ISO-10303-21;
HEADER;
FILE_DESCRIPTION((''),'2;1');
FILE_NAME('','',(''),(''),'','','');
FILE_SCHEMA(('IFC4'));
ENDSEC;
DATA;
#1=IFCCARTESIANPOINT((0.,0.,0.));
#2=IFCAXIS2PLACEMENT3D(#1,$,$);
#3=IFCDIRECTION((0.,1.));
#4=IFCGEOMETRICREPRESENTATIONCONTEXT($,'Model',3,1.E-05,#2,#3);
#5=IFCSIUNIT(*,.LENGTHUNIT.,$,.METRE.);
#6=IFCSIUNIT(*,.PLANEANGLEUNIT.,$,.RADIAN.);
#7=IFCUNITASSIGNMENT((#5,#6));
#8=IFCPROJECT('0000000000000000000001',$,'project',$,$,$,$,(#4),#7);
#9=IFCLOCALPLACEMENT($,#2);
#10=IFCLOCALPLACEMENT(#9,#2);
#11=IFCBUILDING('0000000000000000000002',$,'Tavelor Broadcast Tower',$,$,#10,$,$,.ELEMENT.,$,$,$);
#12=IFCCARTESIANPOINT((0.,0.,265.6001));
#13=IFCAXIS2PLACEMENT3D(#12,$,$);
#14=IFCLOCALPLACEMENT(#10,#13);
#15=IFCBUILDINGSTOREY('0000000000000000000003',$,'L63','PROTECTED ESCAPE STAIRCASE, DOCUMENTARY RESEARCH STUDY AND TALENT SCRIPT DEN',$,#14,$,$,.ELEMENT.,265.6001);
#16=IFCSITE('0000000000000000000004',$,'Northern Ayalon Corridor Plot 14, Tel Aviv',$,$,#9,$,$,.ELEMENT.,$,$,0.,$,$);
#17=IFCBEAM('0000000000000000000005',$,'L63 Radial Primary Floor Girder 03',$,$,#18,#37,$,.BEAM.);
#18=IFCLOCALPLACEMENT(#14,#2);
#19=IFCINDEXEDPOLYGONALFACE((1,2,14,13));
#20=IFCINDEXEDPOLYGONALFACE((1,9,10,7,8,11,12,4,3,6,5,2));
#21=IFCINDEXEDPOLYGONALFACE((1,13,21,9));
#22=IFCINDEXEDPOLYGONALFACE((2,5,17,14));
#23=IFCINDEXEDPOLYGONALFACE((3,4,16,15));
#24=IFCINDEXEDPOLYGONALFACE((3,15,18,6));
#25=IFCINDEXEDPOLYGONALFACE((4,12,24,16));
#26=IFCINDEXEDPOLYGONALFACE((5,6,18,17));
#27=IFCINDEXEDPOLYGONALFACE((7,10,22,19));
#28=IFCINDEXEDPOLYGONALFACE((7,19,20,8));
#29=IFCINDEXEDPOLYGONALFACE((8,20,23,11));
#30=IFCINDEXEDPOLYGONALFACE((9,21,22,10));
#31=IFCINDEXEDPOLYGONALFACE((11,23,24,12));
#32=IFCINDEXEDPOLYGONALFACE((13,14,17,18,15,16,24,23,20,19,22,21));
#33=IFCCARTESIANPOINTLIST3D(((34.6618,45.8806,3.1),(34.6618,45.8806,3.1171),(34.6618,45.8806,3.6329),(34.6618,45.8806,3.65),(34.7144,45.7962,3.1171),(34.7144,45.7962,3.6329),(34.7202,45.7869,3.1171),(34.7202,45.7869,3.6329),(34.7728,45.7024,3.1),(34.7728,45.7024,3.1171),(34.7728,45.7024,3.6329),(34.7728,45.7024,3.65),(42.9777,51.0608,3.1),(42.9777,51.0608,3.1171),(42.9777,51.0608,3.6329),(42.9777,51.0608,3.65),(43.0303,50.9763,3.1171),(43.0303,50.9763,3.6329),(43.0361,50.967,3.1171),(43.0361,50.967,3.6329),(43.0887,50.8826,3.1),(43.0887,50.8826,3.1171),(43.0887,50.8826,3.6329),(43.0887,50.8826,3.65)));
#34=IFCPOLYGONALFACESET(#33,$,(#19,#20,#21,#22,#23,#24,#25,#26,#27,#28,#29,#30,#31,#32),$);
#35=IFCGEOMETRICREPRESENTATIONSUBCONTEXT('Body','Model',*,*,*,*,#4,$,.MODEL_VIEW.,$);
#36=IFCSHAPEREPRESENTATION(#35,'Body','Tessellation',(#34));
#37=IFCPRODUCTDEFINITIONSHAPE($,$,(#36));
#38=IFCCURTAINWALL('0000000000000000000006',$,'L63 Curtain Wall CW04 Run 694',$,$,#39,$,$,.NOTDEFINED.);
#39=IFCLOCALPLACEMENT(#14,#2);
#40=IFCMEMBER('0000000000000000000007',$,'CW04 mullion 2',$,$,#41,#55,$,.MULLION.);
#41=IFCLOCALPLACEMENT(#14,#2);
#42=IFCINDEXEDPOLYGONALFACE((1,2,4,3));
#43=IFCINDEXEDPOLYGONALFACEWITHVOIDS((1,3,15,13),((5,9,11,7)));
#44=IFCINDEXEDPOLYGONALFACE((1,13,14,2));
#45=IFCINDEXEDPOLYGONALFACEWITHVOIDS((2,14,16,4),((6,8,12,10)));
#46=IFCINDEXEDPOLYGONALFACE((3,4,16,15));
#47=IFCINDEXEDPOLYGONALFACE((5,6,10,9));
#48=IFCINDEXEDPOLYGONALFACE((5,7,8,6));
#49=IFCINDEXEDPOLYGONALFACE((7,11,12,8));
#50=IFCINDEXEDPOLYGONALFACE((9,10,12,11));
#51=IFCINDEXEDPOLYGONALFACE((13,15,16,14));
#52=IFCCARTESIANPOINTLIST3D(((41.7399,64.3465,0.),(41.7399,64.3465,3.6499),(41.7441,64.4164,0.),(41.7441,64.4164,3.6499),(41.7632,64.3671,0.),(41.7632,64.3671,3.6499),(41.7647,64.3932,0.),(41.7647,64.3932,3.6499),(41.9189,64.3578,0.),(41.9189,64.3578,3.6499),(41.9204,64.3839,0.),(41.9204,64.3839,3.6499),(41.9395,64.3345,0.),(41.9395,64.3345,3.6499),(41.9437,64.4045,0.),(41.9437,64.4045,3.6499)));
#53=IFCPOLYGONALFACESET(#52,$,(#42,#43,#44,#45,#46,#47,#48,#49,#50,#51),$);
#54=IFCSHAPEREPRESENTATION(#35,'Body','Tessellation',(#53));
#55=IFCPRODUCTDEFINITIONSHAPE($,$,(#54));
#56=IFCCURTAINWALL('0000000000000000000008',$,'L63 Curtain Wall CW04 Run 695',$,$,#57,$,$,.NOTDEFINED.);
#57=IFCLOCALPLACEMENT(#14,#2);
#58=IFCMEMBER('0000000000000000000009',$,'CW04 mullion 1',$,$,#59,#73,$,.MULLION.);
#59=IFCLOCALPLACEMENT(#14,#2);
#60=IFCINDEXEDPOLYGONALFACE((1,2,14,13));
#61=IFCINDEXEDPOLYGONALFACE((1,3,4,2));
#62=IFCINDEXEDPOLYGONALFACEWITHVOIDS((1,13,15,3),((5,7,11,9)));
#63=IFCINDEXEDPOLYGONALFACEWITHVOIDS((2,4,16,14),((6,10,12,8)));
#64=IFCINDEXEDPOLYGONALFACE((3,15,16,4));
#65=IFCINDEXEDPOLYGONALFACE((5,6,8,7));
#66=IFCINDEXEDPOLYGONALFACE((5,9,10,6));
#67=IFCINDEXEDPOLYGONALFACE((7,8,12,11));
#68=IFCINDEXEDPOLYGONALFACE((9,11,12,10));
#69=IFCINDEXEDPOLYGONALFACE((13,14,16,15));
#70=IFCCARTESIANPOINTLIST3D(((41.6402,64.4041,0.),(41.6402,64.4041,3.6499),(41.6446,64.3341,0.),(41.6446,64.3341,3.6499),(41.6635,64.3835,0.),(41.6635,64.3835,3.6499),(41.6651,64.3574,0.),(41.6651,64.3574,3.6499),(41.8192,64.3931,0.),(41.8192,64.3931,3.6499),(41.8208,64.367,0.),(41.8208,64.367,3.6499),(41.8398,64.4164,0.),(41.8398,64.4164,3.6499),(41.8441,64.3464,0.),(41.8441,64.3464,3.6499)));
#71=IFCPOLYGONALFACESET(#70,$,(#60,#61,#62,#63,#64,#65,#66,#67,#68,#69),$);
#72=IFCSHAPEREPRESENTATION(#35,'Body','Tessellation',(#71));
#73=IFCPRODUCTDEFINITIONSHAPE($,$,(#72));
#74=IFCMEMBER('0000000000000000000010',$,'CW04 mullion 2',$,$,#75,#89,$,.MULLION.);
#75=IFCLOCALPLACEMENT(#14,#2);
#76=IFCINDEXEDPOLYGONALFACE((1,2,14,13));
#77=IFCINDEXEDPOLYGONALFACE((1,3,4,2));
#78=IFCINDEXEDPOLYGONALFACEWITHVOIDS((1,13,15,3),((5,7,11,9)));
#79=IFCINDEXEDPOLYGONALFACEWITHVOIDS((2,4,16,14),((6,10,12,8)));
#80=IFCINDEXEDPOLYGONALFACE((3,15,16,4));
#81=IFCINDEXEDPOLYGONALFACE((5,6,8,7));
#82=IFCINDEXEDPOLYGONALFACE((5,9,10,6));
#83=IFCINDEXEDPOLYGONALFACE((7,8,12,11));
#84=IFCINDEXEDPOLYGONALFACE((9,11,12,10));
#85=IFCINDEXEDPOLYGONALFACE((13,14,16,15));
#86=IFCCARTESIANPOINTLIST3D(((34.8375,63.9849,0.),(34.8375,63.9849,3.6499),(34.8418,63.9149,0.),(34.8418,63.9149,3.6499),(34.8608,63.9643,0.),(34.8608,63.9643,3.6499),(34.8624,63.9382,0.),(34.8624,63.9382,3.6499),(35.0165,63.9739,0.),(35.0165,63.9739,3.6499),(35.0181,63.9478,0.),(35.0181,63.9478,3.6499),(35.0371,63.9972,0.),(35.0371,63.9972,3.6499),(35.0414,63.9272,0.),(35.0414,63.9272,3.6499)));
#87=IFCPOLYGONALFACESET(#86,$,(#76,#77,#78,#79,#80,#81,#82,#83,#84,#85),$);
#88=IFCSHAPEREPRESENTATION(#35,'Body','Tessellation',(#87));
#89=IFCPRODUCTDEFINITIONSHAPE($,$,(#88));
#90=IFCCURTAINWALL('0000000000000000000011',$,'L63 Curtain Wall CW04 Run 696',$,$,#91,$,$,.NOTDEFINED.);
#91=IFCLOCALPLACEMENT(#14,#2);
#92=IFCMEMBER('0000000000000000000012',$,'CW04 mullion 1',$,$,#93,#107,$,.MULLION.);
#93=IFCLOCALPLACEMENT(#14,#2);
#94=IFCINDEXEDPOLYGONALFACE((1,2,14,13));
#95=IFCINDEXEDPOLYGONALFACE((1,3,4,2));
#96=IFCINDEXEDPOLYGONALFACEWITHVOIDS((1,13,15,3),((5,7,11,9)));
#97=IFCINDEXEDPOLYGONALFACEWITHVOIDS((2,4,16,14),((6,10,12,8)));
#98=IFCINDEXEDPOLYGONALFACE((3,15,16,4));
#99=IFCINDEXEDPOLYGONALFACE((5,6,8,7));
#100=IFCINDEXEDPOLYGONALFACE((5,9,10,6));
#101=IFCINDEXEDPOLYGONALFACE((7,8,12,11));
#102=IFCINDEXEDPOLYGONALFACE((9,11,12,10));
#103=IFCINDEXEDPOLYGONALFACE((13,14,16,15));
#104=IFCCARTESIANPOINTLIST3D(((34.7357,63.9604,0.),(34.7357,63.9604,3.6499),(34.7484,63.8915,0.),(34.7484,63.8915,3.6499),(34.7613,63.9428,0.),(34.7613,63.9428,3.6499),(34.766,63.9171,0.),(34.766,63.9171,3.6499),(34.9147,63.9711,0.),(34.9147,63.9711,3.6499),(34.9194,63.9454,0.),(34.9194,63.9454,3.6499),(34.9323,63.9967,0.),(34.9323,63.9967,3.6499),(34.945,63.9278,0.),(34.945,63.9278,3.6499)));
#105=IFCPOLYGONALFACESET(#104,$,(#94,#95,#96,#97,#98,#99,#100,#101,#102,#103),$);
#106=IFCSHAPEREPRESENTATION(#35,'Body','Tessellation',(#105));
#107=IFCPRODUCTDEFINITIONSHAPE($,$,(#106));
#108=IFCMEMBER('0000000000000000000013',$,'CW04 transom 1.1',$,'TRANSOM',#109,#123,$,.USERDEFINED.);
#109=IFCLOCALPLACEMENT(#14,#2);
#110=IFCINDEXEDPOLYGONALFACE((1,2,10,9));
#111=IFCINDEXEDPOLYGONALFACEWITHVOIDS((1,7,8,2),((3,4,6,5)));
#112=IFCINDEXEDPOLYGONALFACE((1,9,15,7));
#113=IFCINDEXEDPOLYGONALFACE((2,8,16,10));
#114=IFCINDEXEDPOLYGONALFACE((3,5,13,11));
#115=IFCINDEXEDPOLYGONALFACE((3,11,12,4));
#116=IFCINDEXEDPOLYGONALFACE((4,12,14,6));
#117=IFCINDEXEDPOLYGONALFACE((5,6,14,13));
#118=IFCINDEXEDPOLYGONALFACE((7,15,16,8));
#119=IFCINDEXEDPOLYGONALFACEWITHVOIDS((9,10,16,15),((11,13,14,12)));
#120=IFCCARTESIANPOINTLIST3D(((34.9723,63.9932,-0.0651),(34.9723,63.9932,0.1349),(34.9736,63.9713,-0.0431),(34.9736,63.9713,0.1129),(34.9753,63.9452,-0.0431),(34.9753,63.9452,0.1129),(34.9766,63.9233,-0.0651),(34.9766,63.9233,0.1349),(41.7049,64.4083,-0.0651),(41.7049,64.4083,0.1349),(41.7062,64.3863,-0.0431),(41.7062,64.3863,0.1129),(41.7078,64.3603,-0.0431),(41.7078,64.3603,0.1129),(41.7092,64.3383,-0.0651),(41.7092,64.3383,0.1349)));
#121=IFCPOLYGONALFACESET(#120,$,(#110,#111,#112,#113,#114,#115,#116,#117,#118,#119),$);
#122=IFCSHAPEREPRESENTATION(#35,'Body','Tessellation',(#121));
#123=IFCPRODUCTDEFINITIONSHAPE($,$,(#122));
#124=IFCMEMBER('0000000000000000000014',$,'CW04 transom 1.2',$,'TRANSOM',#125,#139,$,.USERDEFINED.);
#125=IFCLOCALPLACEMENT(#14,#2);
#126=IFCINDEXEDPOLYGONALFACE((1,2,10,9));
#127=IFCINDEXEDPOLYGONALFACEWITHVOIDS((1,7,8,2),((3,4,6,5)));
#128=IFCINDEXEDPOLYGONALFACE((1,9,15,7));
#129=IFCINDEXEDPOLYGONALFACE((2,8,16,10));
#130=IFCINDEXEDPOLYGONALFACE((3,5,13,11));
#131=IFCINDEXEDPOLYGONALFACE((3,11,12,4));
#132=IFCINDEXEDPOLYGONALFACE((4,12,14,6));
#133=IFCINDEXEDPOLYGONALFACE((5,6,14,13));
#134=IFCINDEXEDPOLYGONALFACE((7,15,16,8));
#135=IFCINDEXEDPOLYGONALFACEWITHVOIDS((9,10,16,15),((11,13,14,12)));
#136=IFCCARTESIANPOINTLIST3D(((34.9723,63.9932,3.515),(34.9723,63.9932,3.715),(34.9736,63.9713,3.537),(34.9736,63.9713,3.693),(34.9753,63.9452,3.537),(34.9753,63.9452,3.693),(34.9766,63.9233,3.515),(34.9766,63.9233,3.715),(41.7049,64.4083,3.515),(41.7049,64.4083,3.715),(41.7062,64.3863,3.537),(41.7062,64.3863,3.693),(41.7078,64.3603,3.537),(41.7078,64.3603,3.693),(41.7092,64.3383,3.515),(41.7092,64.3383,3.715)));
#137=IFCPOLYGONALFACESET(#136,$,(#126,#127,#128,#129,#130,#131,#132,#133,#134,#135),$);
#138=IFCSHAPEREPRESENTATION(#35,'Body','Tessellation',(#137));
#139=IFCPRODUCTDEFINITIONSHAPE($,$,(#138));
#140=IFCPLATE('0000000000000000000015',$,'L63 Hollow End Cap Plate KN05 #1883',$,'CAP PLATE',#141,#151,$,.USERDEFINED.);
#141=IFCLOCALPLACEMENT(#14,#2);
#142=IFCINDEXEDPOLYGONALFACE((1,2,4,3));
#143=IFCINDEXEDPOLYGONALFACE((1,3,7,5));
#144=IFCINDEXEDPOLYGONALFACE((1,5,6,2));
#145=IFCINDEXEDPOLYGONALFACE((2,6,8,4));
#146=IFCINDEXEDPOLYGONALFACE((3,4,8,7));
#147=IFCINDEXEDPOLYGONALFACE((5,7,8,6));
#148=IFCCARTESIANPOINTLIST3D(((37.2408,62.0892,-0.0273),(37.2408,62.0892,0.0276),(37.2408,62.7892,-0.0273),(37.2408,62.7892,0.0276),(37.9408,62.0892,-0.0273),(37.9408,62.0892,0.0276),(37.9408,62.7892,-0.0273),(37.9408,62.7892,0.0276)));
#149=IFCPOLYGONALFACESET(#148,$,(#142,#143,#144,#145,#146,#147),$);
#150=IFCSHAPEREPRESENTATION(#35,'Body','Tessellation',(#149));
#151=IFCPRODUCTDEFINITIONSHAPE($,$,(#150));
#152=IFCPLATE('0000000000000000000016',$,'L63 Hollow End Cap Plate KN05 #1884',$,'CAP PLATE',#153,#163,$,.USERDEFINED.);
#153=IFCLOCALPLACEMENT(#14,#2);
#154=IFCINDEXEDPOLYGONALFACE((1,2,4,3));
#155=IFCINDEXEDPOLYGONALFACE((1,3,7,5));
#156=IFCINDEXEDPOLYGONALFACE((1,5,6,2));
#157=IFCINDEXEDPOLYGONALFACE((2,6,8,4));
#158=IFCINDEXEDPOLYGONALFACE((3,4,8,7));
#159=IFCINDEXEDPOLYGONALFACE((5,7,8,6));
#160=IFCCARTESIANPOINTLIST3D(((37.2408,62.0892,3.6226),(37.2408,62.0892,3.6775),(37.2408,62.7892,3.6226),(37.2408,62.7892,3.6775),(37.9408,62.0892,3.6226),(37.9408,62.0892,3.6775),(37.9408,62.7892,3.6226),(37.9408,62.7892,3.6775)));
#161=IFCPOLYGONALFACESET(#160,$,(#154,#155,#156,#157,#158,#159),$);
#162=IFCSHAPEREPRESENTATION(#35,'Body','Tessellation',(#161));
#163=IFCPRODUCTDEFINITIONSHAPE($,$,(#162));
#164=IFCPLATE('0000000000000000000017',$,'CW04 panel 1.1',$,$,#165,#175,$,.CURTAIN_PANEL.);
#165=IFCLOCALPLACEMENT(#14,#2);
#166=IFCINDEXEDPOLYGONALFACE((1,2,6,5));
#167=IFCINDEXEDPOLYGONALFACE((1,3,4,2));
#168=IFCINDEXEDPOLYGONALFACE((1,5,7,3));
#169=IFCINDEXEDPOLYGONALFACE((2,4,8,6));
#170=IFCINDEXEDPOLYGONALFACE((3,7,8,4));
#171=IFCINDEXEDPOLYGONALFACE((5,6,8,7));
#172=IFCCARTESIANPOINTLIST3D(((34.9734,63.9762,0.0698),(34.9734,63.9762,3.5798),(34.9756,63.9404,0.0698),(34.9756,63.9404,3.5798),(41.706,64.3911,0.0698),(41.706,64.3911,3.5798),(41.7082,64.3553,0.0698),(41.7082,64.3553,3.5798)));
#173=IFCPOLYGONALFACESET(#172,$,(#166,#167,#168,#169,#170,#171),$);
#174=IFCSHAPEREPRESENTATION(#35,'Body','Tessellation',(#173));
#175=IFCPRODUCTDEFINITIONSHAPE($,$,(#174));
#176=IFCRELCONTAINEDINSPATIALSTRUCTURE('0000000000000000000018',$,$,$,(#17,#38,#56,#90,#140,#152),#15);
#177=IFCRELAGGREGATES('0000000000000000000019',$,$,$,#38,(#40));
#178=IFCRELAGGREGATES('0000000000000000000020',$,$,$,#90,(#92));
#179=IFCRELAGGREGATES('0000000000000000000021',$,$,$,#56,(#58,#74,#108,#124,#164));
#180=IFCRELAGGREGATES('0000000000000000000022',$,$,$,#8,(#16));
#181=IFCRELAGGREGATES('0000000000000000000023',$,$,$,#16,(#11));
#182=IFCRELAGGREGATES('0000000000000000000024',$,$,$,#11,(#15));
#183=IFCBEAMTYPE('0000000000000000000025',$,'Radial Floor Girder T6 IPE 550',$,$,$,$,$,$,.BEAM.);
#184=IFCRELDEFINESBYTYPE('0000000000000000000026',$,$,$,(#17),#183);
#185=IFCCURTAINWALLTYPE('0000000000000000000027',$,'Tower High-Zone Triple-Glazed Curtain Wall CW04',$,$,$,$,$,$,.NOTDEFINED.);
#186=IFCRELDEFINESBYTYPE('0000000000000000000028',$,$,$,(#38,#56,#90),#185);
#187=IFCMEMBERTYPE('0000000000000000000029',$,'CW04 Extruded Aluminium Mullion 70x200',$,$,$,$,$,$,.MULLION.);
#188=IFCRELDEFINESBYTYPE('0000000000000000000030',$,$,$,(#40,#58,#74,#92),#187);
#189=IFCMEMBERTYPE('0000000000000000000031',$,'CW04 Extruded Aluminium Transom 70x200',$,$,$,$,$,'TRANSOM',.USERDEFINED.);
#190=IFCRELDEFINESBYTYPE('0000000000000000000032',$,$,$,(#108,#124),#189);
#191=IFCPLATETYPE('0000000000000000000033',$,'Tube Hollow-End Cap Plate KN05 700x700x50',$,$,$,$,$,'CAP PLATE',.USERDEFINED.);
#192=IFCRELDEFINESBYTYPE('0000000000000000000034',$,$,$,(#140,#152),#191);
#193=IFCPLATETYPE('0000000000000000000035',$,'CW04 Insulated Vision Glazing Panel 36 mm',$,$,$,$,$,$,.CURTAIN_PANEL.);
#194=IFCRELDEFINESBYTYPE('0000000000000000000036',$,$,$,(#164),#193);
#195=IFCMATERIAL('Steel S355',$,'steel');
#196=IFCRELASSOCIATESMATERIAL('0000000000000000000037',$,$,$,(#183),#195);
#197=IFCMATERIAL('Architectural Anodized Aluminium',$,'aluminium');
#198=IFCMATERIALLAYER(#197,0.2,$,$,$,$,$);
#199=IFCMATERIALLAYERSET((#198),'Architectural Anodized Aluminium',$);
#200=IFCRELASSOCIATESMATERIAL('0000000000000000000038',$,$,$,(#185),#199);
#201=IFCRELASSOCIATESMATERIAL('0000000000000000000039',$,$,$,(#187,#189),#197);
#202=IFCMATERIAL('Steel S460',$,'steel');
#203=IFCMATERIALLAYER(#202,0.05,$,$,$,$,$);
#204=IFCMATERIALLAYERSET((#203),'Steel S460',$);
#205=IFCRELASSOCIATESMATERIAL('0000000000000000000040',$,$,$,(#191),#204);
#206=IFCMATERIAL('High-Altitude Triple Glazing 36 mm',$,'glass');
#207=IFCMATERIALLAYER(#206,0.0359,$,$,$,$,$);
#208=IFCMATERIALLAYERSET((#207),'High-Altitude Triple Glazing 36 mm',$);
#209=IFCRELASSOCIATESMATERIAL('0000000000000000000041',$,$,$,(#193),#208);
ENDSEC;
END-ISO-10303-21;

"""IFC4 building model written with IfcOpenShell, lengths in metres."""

from ifc_helpers import new_model, si_unit, direction, frame, origin, origin_2d, place, context, subcontext, project, spatial, rectangle, hollow_rectangle, i_section, extrude, source, transform, mapped, material, layer, layer_set, material_profile, profile_set, type_object, type_shapes, element, aggregate, save


model = new_model("IFC4")

# Units and contexts
model_context = context("Model", 3, precision=1e-05, world=origin(), true_north=direction((0.0, 1.0)))
body_context = subcontext(model_context, "Body", "Model", "MODEL_VIEW")
ifc_project = project(units=[si_unit("LENGTHUNIT", "METRE"), si_unit("PLANEANGLEUNIT", "RADIAN")], contexts=[model_context])

# Site, building, storey
site_placement = place(None, origin())
site = spatial("IfcSite", under=ifc_project, at=site_placement, Name="Northern Ayalon Corridor Plot 14, Tel Aviv", CompositionType="ELEMENT", RefElevation=0.0)
building_placement = place(site_placement, origin())
building = spatial("IfcBuilding", under=site, at=building_placement, Name="Tavelor Broadcast Tower", CompositionType="ELEMENT")
storey_placement = place(building_placement, frame((0.0, 0.0, 265.6001)))
storey = spatial("IfcBuildingStorey", under=building, at=storey_placement, Name="L63", Description="PROTECTED ESCAPE STAIRCASE, DOCUMENTARY RESEARCH STUDY AND TALENT SCRIPT DEN", CompositionType="ELEMENT", Elevation=265.6001)

# Shared definitions
ifc_material_1 = material(Name="Steel S460", Category="steel")

# Beam
ifc_material_2 = material(Name="Steel S355", Category="steel")
ifc_material_profile_1 = material_profile(ifc_material_2, i_section(OverallWidth=0.21, OverallDepth=0.55, WebThickness=0.011, FlangeThickness=0.0171, at=origin_2d()), Name="IPE 550")
ifc_profile_set_1 = profile_set([ifc_material_profile_1], Name="Steel S355")
beam_type_1 = type_object("IfcBeamType", Name="Radial Floor Girder T6 IPE 550", PredefinedType="BEAM", material=ifc_profile_set_1)
beam_1_placement = place(storey_placement, frame((43.0332, 50.9717, 3.375), z_axis=(-0.84879, -0.528731, 0.0), x_axis=(0.528731, -0.84879, 0.0)))
element("IfcBeam", 1, at=beam_1_placement, inside=storey, type_object=beam_type_1, Name="L63 Radial Primary Floor Girder 03", PredefinedType="BEAM", context=body_context, shape_type="SweptSolid", body=[
    extrude(i_section(OverallWidth=0.21, OverallDepth=0.55, WebThickness=0.011, FlangeThickness=0.0171, at=origin_2d()), origin(), (0.0, 0.0, 1.0), 9.7974),
])

# Curtain wall, member
ifc_material_3 = material(Name="Architectural Anodized Aluminium", Category="aluminium")
ifc_layer_1 = layer(ifc_material_3, 0.2)
ifc_layer_set_1 = layer_set([ifc_layer_1], Name="Architectural Anodized Aluminium")
curtain_wall_type = type_object("IfcCurtainWallType", Name="Tower High-Zone Triple-Glazed Curtain Wall CW04", PredefinedType="NOTDEFINED", material=ifc_layer_set_1)
curtain_wall_1_placement = place(storey_placement, origin())
curtain_wall_1 = element("IfcCurtainWall", 2, at=curtain_wall_1_placement, inside=storey, type_object=curtain_wall_type, Name="L63 Curtain Wall CW04 Run 694", PredefinedType="NOTDEFINED")
ifc_material_profile_2 = material_profile(ifc_material_3, hollow_rectangle(XDim=0.0701, YDim=0.2, WallThickness=0.022, at=origin_2d()), Name="RHS 70x200x22")
ifc_profile_set_2 = profile_set([ifc_material_profile_2], Name="Architectural Anodized Aluminium")
member_type_1 = type_object("IfcMemberType", Name="CW04 Extruded Aluminium Mullion 70x200", PredefinedType="MULLION", material=ifc_profile_set_2)
shared_shape_1 = source(origin(), body_context, "Body", "SweptSolid", [
    extrude(hollow_rectangle(XDim=0.0701, YDim=0.2, WallThickness=0.022, at=origin_2d()), origin(), (0.0, 0.0, 1.0), 3.6499),
])
type_shapes(member_type_1, [shared_shape_1])
member_1_placement = place(storey_placement, frame((41.8418, 64.3755, 0.0), z_axis=(0.0, 0.0, 1.0), x_axis=(-0.05972, -0.998215, 0.0)))
member_1 = element("IfcMember", 3, at=member_1_placement, type_object=member_type_1, Name="CW04 mullion 2", PredefinedType="MULLION", context=body_context, shape_type="MappedRepresentation", body=[
    mapped(shared_shape_1, transform((0.0, 0.0, 0.0), scale=1.0)),
])
aggregate(curtain_wall_1, [member_1])

# Curtain wall, members
curtain_wall_2_placement = place(storey_placement, origin())
curtain_wall_2 = element("IfcCurtainWall", 4, at=curtain_wall_2_placement, inside=storey, type_object=curtain_wall_type, Name="L63 Curtain Wall CW04 Run 695", PredefinedType="NOTDEFINED")
member_2_placement = place(storey_placement, frame((41.7422, 64.3752, 0.0), z_axis=(0.0, 0.0, 1.0), x_axis=(0.061507, -0.998107, 0.0)))
member_2 = element("IfcMember", 5, at=member_2_placement, type_object=member_type_1, Name="CW04 mullion 1", PredefinedType="MULLION", context=body_context, shape_type="MappedRepresentation", body=[
    mapped(shared_shape_1, transform((0.0, 0.0, 0.0), scale=1.0)),
])
member_3_placement = place(storey_placement, frame((34.9395, 63.9561, 0.0), z_axis=(0.0, 0.0, 1.0), x_axis=(0.061507, -0.998107, 0.0)))
member_3 = element("IfcMember", 6, at=member_3_placement, type_object=member_type_1, Name="CW04 mullion 2", PredefinedType="MULLION", context=body_context, shape_type="MappedRepresentation", body=[
    mapped(shared_shape_1, transform((0.0, 0.0, 0.0), scale=1.0)),
])

# Curtain wall, member
curtain_wall_3_placement = place(storey_placement, origin())
curtain_wall_3 = element("IfcCurtainWall", 7, at=curtain_wall_3_placement, inside=storey, type_object=curtain_wall_type, Name="L63 Curtain Wall CW04 Run 696", PredefinedType="NOTDEFINED")
member_4_placement = place(storey_placement, frame((34.8403, 63.9441, 0.0), z_axis=(0.0, 0.0, 1.0), x_axis=(0.181834, -0.983329, 0.0)))
member_4 = element("IfcMember", 8, at=member_4_placement, type_object=member_type_1, Name="CW04 mullion 1", PredefinedType="MULLION", context=body_context, shape_type="MappedRepresentation", body=[
    mapped(shared_shape_1, transform((0.0, 0.0, 0.0), scale=1.0)),
])
aggregate(curtain_wall_3, [member_4])

# Members
ifc_material_profile_3 = material_profile(ifc_material_3, hollow_rectangle(XDim=0.0701, YDim=0.2, WallThickness=0.022, at=origin_2d()), Name="RHS 70x200x22")
ifc_profile_set_3 = profile_set([ifc_material_profile_3], Name="Architectural Anodized Aluminium")
member_type_2 = type_object("IfcMemberType", Name="CW04 Extruded Aluminium Transom 70x200", ElementType="TRANSOM", PredefinedType="USERDEFINED", material=ifc_profile_set_3)
shared_shape_2 = source(origin(), body_context, "Body", "SweptSolid", [
    extrude(hollow_rectangle(XDim=0.0701, YDim=0.2, WallThickness=0.022, at=origin_2d()), origin(), (0.0, 0.0, 1.0), 6.7454),
])
type_shapes(member_type_2, [shared_shape_2])
member_5_placement = place(storey_placement, frame((41.707, 64.3733, 0.0349), z_axis=(-0.998105, -0.061529, 0.0), x_axis=(0.061529, -0.998105, 0.0)))
member_5 = element("IfcMember", 9, at=member_5_placement, type_object=member_type_2, Name="CW04 transom 1.1", ObjectType="TRANSOM", PredefinedType="USERDEFINED", context=body_context, shape_type="MappedRepresentation", body=[
    mapped(shared_shape_2, transform((0.0, 0.0, 0.0), scale=1.0)),
])
member_6_placement = place(storey_placement, frame((41.707, 64.3733, 3.615), z_axis=(-0.998105, -0.061529, 0.0), x_axis=(0.061529, -0.998105, 0.0)))
member_6 = element("IfcMember", 10, at=member_6_placement, type_object=member_type_2, Name="CW04 transom 1.2", ObjectType="TRANSOM", PredefinedType="USERDEFINED", context=body_context, shape_type="MappedRepresentation", body=[
    mapped(shared_shape_2, transform((0.0, 0.0, 0.0), scale=1.0)),
])

# Plates
ifc_layer_2 = layer(ifc_material_1, 0.05)
ifc_layer_set_2 = layer_set([ifc_layer_2], Name="Steel S460")
plate_type_1 = type_object("IfcPlateType", Name="Tube Hollow-End Cap Plate KN05 700x700x50", ElementType="CAP PLATE", PredefinedType="USERDEFINED", material=ifc_layer_set_2)
shared_shape_3 = source(origin(), body_context, "Body", "SweptSolid", [
    extrude(rectangle(XDim=0.7, YDim=0.7, at=origin_2d()), origin(), (0.0, 0.0, 1.0), 0.0549),
])
type_shapes(plate_type_1, [shared_shape_3])
for number, where, z_axis, x_axis, name in (
    (11, (37.5908, 62.4392, -0.0273), (0.0, 0.0, 1.0), (1.0, 0.0, 0.0), "L63 Hollow End Cap Plate KN05 #1883"),
    (12, (37.5908, 62.4392, 3.6226), (0.0, 0.0, 1.0), (1.0, 0.0, 0.0), "L63 Hollow End Cap Plate KN05 #1884"),
):
    element("IfcPlate", number, at=place(storey_placement, frame(where, z_axis=z_axis, x_axis=x_axis)), inside=storey, type_object=plate_type_1, Name=name, ObjectType="CAP PLATE", PredefinedType="USERDEFINED", context=body_context, shape_type="MappedRepresentation", body=[
        mapped(shared_shape_3, transform((0.0, 0.0, 0.0), scale=1.0)),
    ])

# Plate
ifc_material_4 = material(Name="High-Altitude Triple Glazing 36 mm", Category="glass")
ifc_layer_3 = layer(ifc_material_4, 0.0359)
ifc_layer_set_3 = layer_set([ifc_layer_3], Name="High-Altitude Triple Glazing 36 mm")
plate_type_2 = type_object("IfcPlateType", Name="CW04 Insulated Vision Glazing Panel 36 mm", PredefinedType="CURTAIN_PANEL", material=ifc_layer_set_3)
shared_shape_4 = source(origin(), body_context, "Body", "SweptSolid", [
    extrude(rectangle(XDim=6.7454, YDim=0.0359, at=origin_2d()), origin(), (0.0, 0.0, 1.0), 3.51),
])
type_shapes(plate_type_2, [shared_shape_4])
plate_placement = place(storey_placement, frame((38.3408, 64.1658, 0.0698), z_axis=(0.0, 0.0, 1.0), x_axis=(-0.998107, -0.061507, 0.0)))
plate = element("IfcPlate", 13, at=plate_placement, type_object=plate_type_2, Name="CW04 panel 1.1", PredefinedType="CURTAIN_PANEL", context=body_context, shape_type="MappedRepresentation", body=[
    mapped(shared_shape_4, transform((0.0, 0.0, 0.0), scale=1.0)),
])
aggregate(curtain_wall_2, [member_2, member_3, member_5, member_6, plate])

save(model, "model.ifc")
